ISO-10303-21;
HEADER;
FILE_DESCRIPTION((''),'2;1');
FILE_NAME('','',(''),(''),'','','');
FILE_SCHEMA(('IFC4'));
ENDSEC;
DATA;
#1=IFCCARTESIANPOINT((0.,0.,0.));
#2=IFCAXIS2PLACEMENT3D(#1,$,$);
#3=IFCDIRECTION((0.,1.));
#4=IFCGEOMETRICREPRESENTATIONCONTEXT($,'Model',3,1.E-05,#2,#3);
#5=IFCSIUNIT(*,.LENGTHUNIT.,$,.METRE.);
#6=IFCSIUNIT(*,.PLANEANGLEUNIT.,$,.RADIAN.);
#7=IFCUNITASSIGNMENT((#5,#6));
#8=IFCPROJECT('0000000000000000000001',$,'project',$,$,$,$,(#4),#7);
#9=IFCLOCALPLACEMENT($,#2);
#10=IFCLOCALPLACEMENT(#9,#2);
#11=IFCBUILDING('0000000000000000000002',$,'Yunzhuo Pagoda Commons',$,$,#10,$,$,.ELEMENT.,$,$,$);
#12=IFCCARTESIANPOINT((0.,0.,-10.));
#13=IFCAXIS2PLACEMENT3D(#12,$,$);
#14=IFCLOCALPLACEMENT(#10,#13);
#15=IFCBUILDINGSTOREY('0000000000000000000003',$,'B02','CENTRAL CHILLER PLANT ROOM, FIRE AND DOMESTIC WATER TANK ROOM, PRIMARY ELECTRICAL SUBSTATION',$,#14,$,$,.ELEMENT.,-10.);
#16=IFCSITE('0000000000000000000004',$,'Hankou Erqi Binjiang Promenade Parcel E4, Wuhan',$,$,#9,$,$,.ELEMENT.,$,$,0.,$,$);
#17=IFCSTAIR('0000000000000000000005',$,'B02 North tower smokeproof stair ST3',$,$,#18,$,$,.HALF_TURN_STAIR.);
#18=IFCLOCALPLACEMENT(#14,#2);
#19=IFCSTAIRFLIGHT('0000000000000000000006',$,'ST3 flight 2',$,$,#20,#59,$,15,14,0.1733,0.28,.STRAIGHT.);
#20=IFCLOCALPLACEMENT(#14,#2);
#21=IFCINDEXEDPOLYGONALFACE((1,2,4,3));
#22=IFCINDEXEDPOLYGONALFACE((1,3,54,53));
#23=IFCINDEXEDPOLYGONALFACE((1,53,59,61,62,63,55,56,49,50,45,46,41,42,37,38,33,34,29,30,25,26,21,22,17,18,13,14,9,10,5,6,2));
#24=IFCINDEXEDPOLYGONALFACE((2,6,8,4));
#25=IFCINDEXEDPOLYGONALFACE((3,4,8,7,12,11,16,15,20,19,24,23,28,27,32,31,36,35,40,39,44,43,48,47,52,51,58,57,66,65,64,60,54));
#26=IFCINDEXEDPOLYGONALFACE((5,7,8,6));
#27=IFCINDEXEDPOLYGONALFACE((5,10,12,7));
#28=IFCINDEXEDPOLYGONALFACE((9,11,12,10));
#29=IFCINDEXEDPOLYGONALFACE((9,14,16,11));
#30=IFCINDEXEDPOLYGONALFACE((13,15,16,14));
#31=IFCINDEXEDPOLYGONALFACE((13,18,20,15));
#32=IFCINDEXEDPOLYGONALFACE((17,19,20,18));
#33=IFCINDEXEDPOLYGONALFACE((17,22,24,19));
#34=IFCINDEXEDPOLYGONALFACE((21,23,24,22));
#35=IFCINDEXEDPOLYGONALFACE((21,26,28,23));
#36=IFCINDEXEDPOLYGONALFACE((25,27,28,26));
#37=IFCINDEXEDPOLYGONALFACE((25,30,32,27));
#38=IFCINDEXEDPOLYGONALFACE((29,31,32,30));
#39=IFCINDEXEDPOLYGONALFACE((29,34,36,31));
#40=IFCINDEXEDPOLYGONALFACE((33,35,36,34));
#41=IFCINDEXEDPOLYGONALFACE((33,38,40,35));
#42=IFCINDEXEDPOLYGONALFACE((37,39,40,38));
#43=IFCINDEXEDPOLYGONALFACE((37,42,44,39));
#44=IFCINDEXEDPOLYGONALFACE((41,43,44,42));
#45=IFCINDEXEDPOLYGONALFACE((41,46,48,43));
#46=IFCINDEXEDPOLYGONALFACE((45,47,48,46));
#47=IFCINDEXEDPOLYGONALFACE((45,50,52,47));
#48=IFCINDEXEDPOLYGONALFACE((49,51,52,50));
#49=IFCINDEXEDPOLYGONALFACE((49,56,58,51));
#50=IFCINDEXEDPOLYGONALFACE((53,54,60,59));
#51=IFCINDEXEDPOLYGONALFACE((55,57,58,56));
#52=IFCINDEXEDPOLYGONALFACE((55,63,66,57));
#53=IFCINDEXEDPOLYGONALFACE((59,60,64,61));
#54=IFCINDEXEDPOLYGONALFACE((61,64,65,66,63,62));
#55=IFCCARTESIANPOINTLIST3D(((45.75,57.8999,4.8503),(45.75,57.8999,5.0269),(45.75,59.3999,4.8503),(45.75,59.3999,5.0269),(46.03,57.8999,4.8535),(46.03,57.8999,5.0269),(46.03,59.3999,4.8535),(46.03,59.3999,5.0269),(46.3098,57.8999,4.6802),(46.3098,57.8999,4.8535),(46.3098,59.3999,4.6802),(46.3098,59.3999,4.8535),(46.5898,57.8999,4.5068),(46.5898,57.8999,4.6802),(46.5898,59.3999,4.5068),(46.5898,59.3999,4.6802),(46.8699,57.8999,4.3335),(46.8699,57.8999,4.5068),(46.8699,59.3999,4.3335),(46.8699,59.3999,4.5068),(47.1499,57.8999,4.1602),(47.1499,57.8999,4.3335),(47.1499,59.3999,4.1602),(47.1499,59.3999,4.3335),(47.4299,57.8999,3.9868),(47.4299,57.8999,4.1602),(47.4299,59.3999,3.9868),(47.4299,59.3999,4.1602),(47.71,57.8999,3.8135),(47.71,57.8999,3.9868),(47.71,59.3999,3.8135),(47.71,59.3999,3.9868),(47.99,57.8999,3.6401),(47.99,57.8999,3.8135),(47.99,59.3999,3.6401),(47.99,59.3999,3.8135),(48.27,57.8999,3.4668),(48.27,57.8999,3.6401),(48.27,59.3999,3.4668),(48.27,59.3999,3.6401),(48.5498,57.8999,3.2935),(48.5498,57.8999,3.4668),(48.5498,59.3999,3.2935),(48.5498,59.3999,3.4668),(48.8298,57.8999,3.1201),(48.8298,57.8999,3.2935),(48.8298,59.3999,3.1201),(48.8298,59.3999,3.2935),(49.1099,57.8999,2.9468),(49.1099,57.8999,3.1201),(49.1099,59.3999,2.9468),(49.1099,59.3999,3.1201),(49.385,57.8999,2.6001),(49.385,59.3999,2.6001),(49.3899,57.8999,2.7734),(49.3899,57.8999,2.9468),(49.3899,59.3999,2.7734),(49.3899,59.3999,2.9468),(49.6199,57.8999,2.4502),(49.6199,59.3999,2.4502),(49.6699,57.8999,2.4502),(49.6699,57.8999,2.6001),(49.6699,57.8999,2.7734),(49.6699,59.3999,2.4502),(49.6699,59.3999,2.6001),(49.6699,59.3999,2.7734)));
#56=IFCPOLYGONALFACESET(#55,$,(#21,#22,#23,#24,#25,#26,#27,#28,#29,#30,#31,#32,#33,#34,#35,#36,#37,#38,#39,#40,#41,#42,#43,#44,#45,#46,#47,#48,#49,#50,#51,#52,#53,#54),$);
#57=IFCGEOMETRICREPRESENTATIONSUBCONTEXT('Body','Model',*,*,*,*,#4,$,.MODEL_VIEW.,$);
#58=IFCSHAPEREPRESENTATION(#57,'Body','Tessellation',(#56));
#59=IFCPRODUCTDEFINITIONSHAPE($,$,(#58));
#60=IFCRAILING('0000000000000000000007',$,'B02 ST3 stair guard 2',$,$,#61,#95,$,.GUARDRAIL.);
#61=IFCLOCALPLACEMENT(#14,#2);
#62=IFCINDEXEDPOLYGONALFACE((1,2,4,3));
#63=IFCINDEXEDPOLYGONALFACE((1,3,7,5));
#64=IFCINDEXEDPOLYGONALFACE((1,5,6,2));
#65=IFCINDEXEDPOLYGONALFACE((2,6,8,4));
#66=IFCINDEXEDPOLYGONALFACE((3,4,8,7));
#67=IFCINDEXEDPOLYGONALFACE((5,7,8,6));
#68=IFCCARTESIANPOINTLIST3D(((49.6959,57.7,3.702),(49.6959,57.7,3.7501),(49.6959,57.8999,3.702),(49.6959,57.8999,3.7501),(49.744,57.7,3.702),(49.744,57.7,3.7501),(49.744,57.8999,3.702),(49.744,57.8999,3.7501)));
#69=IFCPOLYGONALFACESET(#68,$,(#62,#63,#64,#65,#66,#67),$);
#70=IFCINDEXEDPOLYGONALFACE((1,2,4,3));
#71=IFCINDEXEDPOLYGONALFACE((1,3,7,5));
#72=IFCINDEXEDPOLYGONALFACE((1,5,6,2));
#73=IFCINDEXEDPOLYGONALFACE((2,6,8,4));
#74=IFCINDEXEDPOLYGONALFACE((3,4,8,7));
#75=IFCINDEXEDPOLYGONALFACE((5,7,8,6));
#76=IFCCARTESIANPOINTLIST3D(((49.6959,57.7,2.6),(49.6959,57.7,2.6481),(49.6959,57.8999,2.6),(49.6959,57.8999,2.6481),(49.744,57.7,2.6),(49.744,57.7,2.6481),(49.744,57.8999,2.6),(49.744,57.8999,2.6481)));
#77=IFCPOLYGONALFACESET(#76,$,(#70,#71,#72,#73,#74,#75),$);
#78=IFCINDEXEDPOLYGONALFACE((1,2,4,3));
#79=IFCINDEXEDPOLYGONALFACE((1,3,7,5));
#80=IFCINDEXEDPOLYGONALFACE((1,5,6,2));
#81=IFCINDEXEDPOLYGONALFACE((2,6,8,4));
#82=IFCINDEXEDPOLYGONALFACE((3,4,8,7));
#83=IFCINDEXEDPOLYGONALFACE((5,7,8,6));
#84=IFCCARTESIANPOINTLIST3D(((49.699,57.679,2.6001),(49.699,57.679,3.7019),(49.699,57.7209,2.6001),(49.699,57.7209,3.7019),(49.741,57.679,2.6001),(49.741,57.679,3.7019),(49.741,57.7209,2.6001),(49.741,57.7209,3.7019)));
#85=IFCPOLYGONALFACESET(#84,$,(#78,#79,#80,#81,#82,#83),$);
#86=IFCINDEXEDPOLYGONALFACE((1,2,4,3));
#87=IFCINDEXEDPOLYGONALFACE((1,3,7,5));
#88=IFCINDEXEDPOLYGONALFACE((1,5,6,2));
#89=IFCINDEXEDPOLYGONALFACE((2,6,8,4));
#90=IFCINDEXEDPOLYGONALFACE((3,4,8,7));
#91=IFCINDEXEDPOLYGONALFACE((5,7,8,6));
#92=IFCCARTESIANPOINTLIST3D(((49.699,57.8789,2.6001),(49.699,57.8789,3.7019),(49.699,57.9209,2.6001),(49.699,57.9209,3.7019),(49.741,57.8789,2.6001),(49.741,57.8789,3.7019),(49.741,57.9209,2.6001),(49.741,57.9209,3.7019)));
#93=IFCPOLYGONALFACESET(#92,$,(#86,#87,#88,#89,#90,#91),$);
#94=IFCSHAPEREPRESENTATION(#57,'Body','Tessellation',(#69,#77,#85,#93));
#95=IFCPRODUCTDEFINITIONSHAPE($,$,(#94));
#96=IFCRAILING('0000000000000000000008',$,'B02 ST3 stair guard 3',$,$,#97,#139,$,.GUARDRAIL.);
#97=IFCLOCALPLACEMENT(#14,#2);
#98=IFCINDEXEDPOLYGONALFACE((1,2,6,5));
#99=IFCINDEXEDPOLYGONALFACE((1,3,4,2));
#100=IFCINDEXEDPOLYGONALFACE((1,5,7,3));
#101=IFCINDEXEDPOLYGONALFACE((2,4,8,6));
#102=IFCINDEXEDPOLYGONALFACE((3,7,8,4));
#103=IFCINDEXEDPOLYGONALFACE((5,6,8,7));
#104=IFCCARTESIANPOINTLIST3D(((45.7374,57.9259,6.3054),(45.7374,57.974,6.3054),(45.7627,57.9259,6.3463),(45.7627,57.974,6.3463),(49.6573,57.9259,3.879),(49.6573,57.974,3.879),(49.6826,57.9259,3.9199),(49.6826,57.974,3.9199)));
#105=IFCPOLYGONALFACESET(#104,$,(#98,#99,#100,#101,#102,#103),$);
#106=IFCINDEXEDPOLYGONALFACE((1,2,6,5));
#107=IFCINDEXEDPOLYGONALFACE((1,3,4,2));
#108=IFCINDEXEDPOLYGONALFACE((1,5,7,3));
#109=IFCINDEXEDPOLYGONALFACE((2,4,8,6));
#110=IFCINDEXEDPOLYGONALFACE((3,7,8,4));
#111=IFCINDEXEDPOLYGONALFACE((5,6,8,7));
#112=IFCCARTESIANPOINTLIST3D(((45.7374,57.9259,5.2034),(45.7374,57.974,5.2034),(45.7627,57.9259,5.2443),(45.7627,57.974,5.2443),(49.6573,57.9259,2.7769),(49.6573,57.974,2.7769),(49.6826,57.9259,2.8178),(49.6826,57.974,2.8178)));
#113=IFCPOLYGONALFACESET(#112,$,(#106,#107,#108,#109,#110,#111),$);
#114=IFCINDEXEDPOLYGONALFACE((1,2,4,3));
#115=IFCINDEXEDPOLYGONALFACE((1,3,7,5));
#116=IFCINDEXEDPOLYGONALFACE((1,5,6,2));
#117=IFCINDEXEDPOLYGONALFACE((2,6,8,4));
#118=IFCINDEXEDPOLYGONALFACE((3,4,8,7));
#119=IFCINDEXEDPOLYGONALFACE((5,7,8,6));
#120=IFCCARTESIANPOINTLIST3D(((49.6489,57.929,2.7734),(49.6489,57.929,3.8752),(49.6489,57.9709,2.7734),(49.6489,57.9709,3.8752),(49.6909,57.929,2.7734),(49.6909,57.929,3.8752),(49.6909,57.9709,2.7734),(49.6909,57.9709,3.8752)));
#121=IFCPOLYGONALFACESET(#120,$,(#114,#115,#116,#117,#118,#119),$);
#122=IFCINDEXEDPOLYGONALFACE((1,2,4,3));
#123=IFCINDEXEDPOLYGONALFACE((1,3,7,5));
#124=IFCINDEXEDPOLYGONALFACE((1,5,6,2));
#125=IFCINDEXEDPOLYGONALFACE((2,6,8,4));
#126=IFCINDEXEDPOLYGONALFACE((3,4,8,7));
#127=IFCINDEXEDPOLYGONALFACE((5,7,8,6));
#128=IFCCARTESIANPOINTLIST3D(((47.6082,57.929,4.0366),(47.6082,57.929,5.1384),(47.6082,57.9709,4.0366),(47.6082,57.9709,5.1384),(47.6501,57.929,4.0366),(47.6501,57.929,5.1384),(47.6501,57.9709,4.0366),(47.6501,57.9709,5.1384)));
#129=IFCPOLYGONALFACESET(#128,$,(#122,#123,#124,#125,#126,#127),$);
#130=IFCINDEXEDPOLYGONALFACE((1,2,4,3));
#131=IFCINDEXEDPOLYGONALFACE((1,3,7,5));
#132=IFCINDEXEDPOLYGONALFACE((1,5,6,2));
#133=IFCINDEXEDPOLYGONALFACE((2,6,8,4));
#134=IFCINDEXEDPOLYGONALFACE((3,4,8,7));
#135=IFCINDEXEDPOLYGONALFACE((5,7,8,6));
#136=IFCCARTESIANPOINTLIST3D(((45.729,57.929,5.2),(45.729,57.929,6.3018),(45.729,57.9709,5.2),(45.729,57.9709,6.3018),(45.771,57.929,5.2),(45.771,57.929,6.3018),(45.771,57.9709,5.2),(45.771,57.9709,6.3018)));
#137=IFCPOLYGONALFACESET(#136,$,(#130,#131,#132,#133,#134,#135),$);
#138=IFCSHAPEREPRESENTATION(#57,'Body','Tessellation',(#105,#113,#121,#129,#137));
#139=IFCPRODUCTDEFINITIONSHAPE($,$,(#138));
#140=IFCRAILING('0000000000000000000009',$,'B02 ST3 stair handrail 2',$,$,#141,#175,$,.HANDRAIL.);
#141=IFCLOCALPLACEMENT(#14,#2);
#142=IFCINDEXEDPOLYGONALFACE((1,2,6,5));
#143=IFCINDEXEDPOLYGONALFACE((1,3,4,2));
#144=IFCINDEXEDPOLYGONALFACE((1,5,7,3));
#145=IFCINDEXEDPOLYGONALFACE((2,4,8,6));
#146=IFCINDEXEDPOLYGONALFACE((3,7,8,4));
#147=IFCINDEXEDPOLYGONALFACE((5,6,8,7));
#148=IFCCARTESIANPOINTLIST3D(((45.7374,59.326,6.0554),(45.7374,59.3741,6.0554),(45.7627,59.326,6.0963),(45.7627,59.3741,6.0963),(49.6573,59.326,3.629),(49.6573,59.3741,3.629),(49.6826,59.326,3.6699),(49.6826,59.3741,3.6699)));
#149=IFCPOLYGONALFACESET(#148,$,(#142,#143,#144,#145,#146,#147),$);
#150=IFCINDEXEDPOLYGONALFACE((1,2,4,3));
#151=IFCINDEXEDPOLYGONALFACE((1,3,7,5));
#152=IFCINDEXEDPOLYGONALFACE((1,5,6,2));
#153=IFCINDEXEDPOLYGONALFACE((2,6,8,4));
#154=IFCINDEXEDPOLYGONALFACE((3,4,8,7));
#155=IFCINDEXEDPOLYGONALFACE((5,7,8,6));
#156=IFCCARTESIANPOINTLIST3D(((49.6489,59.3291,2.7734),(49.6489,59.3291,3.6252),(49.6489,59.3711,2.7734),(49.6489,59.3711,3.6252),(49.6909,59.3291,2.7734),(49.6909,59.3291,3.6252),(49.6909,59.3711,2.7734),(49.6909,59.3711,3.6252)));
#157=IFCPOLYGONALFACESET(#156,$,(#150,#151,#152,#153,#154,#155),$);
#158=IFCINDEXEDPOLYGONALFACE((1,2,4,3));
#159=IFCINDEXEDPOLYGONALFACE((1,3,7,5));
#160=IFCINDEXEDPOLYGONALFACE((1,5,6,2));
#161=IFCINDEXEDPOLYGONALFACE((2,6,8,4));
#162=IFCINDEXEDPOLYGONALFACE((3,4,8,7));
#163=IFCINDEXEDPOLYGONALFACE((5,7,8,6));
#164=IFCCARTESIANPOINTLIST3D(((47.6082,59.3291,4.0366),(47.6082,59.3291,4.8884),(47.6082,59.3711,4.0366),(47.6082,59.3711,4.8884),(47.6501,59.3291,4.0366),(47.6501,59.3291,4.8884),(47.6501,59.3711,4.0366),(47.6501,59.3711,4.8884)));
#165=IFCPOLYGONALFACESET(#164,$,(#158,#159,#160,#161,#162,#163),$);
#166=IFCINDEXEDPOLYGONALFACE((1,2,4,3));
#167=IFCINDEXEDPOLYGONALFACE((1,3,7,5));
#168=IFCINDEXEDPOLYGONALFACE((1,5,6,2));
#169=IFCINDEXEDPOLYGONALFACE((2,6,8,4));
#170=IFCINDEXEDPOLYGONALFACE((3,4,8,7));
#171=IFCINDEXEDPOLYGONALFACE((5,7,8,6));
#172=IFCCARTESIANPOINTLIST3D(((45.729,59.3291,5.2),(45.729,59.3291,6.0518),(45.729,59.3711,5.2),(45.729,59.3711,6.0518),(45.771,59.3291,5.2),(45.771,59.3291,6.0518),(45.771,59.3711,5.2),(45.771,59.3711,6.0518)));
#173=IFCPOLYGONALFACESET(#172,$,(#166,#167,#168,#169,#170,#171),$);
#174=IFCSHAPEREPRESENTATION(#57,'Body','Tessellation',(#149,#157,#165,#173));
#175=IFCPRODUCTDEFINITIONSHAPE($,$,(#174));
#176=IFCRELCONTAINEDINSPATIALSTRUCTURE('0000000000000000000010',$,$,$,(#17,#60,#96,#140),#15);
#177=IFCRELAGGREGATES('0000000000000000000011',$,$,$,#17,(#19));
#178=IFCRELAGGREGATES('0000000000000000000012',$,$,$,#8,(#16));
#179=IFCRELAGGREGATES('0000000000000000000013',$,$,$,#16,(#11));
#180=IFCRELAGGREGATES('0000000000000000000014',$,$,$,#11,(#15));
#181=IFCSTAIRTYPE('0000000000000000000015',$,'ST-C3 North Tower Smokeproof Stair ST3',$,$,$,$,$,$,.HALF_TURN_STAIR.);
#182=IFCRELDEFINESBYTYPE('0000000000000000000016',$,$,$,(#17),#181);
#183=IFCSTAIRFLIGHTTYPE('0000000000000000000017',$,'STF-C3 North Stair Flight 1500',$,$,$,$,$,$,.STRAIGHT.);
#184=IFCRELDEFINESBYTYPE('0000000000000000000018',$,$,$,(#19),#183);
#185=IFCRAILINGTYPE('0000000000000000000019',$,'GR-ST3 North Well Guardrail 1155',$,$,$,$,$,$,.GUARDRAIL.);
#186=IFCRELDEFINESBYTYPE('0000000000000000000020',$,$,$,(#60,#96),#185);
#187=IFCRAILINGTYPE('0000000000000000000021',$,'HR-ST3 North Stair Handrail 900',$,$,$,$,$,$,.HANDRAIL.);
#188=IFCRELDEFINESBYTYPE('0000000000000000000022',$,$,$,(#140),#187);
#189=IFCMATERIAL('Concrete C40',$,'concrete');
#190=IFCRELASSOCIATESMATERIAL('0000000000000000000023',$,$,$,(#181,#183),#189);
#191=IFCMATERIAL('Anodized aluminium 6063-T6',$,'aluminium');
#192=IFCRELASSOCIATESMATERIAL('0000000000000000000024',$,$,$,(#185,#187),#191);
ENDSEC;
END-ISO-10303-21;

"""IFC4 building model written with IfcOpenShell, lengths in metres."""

from ifc_helpers import new_model, si_unit, direction, frame, origin, origin_2d, place, context, subcontext, project, spatial, polyline, rectangle, outline, extrude, source, transform, mapped, material, type_object, element, aggregate, save


model = new_model("IFC4")

# Units and contexts
model_context = context("Model", 3, precision=1e-05, world=origin(), true_north=direction((0.0, 1.0)))
body_context = subcontext(model_context, "Body", "Model", "MODEL_VIEW")
ifc_project = project(units=[si_unit("LENGTHUNIT", "METRE"), si_unit("PLANEANGLEUNIT", "RADIAN")], contexts=[model_context])

# Site, building, storey
site_placement = place(None, origin())
site = spatial("IfcSite", under=ifc_project, at=site_placement, Name="Hankou Erqi Binjiang Promenade Parcel E4, Wuhan", CompositionType="ELEMENT", RefElevation=0.0)
building_placement = place(site_placement, origin())
building = spatial("IfcBuilding", under=site, at=building_placement, Name="Yunzhuo Pagoda Commons", CompositionType="ELEMENT")
storey_placement = place(building_placement, frame((0.0, 0.0, -10.0)))
storey = spatial("IfcBuildingStorey", under=building, at=storey_placement, Name="B02", Description="CENTRAL CHILLER PLANT ROOM, FIRE AND DOMESTIC WATER TANK ROOM, PRIMARY ELECTRICAL SUBSTATION", CompositionType="ELEMENT", Elevation=-10.0)

# Shared definitions
ifc_material_1 = material(Name="Concrete C40", Category="concrete")

# Stair, stair flight
stair_type = type_object("IfcStairType", Name="ST-C3 North Tower Smokeproof Stair ST3", PredefinedType="HALF_TURN_STAIR", material=ifc_material_1)
stair_placement = place(storey_placement, origin())
stair = element("IfcStair", 1, at=stair_placement, inside=storey, type_object=stair_type, Name="B02 North tower smokeproof stair ST3", PredefinedType="HALF_TURN_STAIR")
stair_flight_type = type_object("IfcStairFlightType", Name="STF-C3 North Stair Flight 1500", PredefinedType="STRAIGHT", material=ifc_material_1)
shared_shape_1 = source(origin(), body_context, "Body", "SweptSolid", [
    extrude(outline(polyline([(0.0, -0.1499), (0.0, 0.0), (0.0, 0.1733), (0.28, 0.1733), (0.28, 0.3467), (0.5601, 0.3467), (0.5601, 0.52), (0.8401, 0.52), (0.8401, 0.6934), (1.1201, 0.6934), (1.1201, 0.8667), (1.3999, 0.8667), (1.3999, 1.04), (1.6799, 1.04), (1.6799, 1.2134), (1.96, 1.2134), (1.96, 1.3867), (2.24, 1.3867), (2.24, 1.5601), (2.52, 1.5601), (2.52, 1.7334), (2.8, 1.7334), (2.8, 1.9067), (3.0801, 1.9067), (3.0801, 2.0801), (3.3601, 2.0801), (3.3601, 2.2534), (3.6399, 2.2534), (3.6399, 2.4268), (3.9199, 2.4268), (3.9199, 2.6001), (3.9199, 2.2502), (0.2849, 0.0), (0.05, -0.1499), (0.0, -0.1499)])), frame((0.0, 0.75, 0.0), z_axis=(0.0, -1.0, 0.0), x_axis=(1.0, 0.0, 0.0)), (0.0, 0.0, 1.0), 1.5),
])
stair_flight_placement = place(storey_placement, frame((49.6699, 58.6499, 2.6001), z_axis=(0.0, 0.0, 1.0), x_axis=(-1.0, 0.0, 0.0)))
stair_flight = element("IfcStairFlight", 2, at=stair_flight_placement, type_object=stair_flight_type, Name="ST3 flight 2", NumberOfRisers=15, NumberOfTreads=14, PredefinedType="STRAIGHT", RiserHeight=0.1733, TreadLength=0.28, context=body_context, shape_type="MappedRepresentation", body=[
    mapped(shared_shape_1, transform((0.0, 0.0, 0.0), scale=1.0)),
])
aggregate(stair, [stair_flight])

# Railings
ifc_material_2 = material(Name="Anodized aluminium 6063-T6", Category="aluminium")
railing_type_1 = type_object("IfcRailingType", Name="GR-ST3 North Well Guardrail 1155", PredefinedType="GUARDRAIL", material=ifc_material_2)
railing_1_placement = place(storey_placement, frame((49.72, 57.7, 2.6001)))
element("IfcRailing", 3, at=railing_1_placement, inside=storey, type_object=railing_type_1, Name="B02 ST3 stair guard 2", PredefinedType="GUARDRAIL", context=body_context, shape_type="SweptSolid", body=[
    extrude(rectangle(XDim=0.0481, YDim=0.0481, at=origin_2d()), frame((0.0, 0.0, 1.126), z_axis=(0.0, 1.0, 0.0), x_axis=(-1.0, 0.0, 0.0)), (0.0, 0.0, 1.0), 0.2),
    extrude(rectangle(XDim=0.0481, YDim=0.0481, at=origin_2d()), frame((0.0, 0.0, 0.0239), z_axis=(0.0, 1.0, 0.0), x_axis=(-1.0, 0.0, 0.0)), (0.0, 0.0, 1.0), 0.2),
    extrude(rectangle(XDim=0.042, YDim=0.042, at=origin_2d()), origin(), (0.0, 0.0, 1.0), 1.1018),
    extrude(rectangle(XDim=0.042, YDim=0.042, at=origin_2d()), frame((0.0, 0.2, 0.0)), (0.0, 0.0, 1.0), 1.1018),
])
railing_2_placement = place(storey_placement, frame((49.6699, 57.95, 2.7734)))
element("IfcRailing", 4, at=railing_2_placement, inside=storey, type_object=railing_type_1, Name="B02 ST3 stair guard 3", PredefinedType="GUARDRAIL", context=body_context, shape_type="SweptSolid", body=[
    extrude(rectangle(XDim=0.0481, YDim=0.0481, at=origin_2d()), frame((0.0, 0.0, 1.126), z_axis=(-0.850275, 0.0, 0.526338), x_axis=(0.0, -1.0, 0.0)), (0.0, 0.0, 1.0), 4.6101),
    extrude(rectangle(XDim=0.0481, YDim=0.0481, at=origin_2d()), frame((0.0, 0.0, 0.0239), z_axis=(-0.850275, 0.0, 0.526338), x_axis=(0.0, -1.0, 0.0)), (0.0, 0.0, 1.0), 4.6101),
    extrude(rectangle(XDim=0.042, YDim=0.042, at=origin_2d()), origin(), (0.0, 0.0, 1.0), 1.1018),
    extrude(rectangle(XDim=0.042, YDim=0.042, at=origin_2d()), frame((-2.0408, 0.0, 1.2632)), (0.0, 0.0, 1.0), 1.1018),
    extrude(rectangle(XDim=0.042, YDim=0.042, at=origin_2d()), frame((-3.9199, 0.0, 2.4265)), (0.0, 0.0, 1.0), 1.1018),
])
railing_type_2 = type_object("IfcRailingType", Name="HR-ST3 North Stair Handrail 900", PredefinedType="HANDRAIL", material=ifc_material_2)
railing_3_placement = place(storey_placement, frame((49.6699, 59.3501, 2.7734)))
element("IfcRailing", 5, at=railing_3_placement, inside=storey, type_object=railing_type_2, Name="B02 ST3 stair handrail 2", PredefinedType="HANDRAIL", context=body_context, shape_type="SweptSolid", body=[
    extrude(rectangle(XDim=0.0481, YDim=0.0481, at=origin_2d()), frame((0.0, 0.0, 0.876), z_axis=(-0.850275, 0.0, 0.526338), x_axis=(0.0, -1.0, 0.0)), (0.0, 0.0, 1.0), 4.6101),
    extrude(rectangle(XDim=0.042, YDim=0.042, at=origin_2d()), origin(), (0.0, 0.0, 1.0), 0.8518),
    extrude(rectangle(XDim=0.042, YDim=0.042, at=origin_2d()), frame((-2.0408, 0.0, 1.2632)), (0.0, 0.0, 1.0), 0.8518),
    extrude(rectangle(XDim=0.042, YDim=0.042, at=origin_2d()), frame((-3.9199, 0.0, 2.4265)), (0.0, 0.0, 1.0), 0.8518),
])

save(model, "model.ifc")
